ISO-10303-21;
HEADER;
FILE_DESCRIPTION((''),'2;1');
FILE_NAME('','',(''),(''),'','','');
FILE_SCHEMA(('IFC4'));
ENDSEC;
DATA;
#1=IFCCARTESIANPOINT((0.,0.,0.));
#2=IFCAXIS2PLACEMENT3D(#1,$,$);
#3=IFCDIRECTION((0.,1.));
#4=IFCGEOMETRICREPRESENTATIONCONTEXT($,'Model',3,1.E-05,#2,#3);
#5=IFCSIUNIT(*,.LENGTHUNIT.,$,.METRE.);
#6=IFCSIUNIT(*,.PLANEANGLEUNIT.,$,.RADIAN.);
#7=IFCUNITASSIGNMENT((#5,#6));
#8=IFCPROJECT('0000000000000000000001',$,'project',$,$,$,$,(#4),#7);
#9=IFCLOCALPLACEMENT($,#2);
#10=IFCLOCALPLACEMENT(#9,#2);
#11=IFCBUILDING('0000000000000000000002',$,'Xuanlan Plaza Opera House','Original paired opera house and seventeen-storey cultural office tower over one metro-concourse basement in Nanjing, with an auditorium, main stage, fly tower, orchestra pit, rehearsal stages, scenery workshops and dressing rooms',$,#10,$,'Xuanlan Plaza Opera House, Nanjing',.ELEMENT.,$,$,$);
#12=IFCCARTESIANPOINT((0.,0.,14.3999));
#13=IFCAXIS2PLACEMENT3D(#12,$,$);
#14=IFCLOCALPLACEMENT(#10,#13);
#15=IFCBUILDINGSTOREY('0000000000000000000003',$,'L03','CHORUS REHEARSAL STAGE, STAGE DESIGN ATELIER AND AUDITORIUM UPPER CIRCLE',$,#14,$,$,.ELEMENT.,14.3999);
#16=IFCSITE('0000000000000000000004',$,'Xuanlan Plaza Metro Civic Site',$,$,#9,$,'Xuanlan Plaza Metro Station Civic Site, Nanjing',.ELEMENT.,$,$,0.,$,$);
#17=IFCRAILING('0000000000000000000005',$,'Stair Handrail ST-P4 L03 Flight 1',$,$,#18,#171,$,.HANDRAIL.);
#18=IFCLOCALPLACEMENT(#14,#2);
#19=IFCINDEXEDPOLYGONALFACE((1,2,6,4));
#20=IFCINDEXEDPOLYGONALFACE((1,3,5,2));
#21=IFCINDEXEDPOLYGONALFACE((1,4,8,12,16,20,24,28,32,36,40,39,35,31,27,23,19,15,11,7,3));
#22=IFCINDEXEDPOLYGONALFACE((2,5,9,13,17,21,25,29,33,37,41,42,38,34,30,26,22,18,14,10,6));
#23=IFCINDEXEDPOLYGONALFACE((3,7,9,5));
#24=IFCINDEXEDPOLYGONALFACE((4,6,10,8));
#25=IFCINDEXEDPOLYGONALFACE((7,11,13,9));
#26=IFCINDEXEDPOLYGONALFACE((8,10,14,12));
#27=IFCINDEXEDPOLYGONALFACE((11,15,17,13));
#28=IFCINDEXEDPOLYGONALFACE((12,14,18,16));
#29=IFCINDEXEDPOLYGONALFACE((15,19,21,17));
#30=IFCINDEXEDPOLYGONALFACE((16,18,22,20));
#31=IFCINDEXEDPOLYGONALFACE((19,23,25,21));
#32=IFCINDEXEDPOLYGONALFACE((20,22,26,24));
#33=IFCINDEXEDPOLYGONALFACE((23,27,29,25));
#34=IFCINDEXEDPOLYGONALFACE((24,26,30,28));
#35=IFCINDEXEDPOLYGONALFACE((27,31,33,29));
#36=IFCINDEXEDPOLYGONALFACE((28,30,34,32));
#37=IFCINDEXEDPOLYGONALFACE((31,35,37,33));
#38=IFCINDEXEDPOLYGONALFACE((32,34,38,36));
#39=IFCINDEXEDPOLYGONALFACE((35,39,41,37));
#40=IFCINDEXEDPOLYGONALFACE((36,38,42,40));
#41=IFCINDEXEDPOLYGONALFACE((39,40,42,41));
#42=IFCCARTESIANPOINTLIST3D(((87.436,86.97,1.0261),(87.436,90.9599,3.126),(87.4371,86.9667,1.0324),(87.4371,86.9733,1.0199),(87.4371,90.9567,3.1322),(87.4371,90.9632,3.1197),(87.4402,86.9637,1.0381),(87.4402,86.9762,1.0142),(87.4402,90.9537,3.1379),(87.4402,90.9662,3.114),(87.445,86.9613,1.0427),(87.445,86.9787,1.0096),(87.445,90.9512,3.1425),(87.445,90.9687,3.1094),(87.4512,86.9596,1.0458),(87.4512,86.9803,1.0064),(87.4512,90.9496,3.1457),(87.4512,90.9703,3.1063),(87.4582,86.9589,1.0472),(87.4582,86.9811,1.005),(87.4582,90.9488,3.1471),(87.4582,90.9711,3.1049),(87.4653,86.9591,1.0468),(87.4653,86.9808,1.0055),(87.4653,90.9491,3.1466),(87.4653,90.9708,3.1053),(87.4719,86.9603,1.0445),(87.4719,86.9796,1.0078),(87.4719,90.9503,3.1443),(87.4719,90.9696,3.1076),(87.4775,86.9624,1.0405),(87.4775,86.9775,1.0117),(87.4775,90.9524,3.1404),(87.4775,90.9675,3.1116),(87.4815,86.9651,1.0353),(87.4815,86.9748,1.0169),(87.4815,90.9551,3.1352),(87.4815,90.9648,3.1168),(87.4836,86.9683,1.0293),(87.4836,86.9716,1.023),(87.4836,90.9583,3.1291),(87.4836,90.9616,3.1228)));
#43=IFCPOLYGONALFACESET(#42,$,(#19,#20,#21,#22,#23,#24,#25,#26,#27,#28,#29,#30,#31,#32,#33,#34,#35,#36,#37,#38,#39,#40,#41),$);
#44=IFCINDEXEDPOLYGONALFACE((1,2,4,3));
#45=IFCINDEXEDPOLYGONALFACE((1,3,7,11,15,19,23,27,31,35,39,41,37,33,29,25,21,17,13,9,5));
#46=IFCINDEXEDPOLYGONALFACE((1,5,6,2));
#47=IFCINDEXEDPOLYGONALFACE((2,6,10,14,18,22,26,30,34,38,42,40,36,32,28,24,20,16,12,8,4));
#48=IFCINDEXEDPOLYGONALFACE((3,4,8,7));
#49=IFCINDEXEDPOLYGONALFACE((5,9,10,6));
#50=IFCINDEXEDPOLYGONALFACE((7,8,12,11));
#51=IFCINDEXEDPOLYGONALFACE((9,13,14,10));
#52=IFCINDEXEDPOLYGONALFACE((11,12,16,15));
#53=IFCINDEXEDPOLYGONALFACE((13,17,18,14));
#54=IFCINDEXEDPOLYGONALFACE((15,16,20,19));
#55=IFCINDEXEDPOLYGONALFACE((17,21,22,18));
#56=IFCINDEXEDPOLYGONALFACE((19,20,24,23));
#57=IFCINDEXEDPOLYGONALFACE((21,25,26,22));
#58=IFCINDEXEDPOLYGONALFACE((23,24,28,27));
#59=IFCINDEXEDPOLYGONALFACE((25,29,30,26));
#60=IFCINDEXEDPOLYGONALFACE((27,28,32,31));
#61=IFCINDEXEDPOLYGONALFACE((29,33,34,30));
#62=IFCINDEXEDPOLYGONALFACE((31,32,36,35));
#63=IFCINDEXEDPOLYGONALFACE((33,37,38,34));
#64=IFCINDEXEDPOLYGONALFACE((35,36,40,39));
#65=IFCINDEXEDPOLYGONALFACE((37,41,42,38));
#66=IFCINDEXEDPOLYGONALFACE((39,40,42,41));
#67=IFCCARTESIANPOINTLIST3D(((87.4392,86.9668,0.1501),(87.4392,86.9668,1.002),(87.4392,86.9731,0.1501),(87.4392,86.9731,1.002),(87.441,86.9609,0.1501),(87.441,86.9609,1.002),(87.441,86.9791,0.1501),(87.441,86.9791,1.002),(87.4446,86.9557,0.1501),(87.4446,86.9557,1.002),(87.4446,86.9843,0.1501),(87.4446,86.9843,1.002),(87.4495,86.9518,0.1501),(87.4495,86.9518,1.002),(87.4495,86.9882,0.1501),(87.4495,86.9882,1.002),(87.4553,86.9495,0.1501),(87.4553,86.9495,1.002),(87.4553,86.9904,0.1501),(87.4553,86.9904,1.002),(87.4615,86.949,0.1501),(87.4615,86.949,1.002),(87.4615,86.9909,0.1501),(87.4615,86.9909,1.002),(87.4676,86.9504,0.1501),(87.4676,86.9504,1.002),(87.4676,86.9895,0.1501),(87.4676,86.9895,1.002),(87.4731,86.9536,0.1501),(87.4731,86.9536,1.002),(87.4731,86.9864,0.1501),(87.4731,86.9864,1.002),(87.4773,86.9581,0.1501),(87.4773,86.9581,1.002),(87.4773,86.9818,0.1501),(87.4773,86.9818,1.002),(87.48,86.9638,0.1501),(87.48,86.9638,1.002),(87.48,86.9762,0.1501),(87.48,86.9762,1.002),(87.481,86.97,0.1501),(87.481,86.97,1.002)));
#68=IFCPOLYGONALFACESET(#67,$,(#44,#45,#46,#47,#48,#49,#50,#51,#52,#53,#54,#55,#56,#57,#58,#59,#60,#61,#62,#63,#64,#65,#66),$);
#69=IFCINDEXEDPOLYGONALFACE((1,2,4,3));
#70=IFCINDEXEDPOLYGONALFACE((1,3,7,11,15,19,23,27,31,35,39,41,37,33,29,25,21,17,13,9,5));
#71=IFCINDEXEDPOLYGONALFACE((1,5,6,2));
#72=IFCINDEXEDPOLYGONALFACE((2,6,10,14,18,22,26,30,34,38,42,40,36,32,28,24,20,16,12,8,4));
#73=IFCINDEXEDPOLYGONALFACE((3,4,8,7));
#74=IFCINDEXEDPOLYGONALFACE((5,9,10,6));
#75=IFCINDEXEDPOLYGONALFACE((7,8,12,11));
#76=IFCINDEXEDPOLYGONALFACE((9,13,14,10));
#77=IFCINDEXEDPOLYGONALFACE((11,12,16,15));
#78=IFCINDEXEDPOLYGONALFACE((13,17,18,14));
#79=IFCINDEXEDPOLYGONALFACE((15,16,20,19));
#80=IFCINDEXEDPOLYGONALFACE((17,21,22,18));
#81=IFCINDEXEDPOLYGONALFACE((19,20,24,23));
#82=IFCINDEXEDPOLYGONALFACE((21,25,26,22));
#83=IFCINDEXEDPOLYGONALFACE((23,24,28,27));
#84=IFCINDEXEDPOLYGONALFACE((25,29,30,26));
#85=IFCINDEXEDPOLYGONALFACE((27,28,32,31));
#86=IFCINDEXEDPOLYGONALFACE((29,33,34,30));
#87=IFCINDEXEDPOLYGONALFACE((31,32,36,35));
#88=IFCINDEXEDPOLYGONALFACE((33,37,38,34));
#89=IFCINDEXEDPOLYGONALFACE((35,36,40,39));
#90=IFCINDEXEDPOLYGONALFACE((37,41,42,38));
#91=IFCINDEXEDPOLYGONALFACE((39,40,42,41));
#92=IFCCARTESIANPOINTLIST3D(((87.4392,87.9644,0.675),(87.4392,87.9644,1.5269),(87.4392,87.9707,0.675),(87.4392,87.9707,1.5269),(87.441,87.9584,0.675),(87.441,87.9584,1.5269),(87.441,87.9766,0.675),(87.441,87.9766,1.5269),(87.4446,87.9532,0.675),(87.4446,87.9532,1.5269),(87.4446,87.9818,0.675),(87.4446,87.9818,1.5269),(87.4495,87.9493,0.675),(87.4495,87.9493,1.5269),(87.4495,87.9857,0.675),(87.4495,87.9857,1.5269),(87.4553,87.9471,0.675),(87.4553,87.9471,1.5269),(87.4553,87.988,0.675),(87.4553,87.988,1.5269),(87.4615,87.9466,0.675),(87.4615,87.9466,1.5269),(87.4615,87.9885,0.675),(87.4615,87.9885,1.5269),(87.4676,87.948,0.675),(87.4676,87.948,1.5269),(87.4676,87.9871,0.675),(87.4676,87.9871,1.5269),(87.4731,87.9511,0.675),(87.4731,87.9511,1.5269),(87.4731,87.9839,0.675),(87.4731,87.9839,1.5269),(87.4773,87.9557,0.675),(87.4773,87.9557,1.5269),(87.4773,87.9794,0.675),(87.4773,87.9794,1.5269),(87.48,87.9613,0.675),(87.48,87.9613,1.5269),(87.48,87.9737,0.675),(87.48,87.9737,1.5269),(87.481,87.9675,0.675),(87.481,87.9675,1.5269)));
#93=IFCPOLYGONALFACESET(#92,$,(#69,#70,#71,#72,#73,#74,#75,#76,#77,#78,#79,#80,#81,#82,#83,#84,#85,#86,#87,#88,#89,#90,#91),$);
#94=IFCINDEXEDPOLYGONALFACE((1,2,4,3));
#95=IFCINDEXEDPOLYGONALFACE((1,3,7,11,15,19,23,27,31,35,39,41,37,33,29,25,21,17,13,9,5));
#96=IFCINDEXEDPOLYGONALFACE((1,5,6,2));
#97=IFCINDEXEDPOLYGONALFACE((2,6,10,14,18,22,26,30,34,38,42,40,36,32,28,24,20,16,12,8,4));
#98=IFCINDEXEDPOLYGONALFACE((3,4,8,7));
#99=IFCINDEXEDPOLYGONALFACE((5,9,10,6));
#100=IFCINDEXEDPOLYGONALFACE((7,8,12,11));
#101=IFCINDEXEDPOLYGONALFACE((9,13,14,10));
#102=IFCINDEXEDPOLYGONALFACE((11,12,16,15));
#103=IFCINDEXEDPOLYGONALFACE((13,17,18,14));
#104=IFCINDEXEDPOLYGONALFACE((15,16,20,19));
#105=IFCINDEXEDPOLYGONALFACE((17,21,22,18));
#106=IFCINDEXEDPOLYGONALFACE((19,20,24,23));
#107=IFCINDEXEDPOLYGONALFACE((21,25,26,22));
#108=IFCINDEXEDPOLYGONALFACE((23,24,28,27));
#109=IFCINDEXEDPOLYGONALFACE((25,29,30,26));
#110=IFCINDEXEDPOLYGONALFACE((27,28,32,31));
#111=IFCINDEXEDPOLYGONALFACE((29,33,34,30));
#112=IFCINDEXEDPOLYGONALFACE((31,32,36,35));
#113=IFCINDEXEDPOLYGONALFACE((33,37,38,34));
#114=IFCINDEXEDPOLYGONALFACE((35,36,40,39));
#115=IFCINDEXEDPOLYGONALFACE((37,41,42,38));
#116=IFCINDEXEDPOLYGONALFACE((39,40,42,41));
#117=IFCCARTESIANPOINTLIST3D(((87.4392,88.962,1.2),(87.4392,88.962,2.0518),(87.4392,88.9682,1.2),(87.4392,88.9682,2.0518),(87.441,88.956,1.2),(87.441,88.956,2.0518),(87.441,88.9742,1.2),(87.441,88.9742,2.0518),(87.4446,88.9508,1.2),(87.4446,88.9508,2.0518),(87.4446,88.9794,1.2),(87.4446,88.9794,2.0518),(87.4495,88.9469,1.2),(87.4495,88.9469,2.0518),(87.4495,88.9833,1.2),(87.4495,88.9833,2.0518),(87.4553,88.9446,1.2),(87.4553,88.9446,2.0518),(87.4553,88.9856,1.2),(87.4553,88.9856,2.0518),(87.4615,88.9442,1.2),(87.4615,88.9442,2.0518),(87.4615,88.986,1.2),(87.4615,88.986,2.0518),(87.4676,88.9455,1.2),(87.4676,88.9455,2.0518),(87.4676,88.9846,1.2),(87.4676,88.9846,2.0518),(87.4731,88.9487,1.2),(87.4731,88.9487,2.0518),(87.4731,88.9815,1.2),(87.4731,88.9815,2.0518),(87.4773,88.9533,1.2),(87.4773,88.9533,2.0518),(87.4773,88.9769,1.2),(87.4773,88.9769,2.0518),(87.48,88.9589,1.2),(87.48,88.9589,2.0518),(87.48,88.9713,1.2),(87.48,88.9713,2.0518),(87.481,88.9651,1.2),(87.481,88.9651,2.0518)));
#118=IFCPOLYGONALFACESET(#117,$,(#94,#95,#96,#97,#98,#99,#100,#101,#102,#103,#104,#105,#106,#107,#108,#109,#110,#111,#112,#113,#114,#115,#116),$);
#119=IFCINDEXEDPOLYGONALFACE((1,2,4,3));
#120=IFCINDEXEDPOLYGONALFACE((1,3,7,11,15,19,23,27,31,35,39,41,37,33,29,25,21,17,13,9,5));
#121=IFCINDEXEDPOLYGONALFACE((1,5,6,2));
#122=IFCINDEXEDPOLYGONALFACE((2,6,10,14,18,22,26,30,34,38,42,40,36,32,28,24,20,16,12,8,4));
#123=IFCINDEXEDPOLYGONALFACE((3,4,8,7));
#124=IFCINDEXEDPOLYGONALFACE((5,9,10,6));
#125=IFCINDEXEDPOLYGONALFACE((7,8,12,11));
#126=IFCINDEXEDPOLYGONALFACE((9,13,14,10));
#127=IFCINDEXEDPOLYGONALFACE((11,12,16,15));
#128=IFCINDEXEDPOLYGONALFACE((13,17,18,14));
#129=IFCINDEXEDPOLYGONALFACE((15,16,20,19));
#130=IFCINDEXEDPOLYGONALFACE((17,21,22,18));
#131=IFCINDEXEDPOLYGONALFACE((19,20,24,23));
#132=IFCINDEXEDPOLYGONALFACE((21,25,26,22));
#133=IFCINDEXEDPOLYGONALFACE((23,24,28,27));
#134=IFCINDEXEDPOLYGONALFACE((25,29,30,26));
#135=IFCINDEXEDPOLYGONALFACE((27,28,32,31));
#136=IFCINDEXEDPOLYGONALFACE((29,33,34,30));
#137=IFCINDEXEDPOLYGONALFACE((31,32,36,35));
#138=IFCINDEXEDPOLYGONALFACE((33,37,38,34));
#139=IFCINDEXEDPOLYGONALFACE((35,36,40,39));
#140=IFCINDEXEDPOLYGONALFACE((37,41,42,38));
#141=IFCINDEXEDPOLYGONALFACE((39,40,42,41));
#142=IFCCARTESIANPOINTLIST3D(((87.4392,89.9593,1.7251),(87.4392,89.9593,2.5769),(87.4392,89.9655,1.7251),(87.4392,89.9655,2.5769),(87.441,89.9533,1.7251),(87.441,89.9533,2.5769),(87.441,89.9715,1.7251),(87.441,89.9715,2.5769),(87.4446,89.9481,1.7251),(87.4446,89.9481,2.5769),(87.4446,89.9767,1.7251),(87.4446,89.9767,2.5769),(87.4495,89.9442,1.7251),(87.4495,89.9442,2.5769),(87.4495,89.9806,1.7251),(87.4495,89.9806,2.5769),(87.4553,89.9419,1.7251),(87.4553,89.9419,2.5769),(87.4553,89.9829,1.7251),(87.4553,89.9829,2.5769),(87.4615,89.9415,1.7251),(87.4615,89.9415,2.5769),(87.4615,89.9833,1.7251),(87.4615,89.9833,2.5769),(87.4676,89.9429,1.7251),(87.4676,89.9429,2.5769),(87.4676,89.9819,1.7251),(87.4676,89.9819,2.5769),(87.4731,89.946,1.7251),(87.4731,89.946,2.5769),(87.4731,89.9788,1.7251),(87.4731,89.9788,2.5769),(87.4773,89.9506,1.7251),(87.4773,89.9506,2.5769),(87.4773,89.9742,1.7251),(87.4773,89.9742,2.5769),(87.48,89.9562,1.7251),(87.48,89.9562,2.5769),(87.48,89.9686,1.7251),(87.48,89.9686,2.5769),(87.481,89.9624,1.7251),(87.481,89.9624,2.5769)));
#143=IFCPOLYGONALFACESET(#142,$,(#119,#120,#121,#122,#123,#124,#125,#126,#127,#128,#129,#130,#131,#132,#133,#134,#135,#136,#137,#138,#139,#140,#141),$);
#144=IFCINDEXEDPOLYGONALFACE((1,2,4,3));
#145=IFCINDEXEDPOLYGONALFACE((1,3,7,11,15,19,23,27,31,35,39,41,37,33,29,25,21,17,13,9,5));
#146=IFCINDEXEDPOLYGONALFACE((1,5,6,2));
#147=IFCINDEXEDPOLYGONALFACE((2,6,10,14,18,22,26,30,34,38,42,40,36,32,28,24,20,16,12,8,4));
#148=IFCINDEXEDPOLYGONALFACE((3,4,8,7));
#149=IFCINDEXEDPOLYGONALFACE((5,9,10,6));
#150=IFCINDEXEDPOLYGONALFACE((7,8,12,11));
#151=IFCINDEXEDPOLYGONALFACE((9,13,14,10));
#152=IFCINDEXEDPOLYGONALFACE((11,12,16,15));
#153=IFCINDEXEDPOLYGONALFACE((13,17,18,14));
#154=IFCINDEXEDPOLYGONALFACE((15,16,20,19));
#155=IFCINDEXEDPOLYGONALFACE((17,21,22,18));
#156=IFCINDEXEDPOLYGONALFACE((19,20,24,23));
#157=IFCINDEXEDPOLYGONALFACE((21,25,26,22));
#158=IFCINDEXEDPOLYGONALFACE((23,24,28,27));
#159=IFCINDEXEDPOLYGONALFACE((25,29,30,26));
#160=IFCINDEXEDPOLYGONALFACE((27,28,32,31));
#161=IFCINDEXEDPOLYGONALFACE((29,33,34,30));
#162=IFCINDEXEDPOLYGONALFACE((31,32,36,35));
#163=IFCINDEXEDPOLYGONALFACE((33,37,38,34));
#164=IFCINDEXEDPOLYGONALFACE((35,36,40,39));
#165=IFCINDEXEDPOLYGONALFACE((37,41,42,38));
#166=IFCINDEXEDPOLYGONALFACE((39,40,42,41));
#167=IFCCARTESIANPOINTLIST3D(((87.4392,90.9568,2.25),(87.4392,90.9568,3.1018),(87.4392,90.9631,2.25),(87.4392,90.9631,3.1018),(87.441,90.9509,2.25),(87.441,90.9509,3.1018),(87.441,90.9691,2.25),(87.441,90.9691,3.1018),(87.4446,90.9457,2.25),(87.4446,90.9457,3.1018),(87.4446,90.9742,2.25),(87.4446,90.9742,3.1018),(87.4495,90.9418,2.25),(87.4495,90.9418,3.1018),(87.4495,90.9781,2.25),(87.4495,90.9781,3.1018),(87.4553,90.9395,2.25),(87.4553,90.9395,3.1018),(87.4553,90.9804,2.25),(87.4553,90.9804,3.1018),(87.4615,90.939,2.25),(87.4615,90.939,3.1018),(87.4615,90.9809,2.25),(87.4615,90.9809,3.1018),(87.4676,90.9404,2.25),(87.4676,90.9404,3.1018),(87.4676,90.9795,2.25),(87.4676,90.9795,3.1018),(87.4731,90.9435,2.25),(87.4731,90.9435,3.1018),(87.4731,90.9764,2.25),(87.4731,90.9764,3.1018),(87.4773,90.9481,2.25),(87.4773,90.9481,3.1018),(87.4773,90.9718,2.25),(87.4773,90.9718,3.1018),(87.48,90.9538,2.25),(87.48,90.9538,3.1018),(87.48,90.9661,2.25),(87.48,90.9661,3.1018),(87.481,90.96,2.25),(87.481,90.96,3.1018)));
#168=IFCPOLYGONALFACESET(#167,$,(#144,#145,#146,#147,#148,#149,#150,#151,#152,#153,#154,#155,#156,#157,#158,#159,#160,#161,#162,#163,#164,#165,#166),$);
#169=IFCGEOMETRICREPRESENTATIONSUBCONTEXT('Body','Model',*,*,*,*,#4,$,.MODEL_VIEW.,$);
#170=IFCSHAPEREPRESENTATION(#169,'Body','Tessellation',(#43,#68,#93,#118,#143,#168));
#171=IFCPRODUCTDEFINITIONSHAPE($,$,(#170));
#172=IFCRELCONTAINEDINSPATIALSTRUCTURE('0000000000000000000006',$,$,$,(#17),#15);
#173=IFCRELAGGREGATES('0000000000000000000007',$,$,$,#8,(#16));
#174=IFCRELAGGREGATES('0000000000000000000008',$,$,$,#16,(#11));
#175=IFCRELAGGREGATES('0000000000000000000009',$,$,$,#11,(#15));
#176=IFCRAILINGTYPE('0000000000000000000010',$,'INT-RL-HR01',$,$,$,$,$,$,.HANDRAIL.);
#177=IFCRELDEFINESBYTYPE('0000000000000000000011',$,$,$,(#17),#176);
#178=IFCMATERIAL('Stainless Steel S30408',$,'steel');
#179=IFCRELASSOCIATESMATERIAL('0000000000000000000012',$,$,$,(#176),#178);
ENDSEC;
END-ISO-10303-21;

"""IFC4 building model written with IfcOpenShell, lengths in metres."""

from ifc_helpers import new_model, si_unit, direction, frame, origin, origin_2d, place, context, subcontext, project, spatial, circle, extrude, material, type_object, element, save


model = new_model("IFC4")

# Units and contexts
model_context = context("Model", 3, precision=1e-05, world=origin(), true_north=direction((0.0, 1.0)))
body_context = subcontext(model_context, "Body", "Model", "MODEL_VIEW")
ifc_project = project(units=[si_unit("LENGTHUNIT", "METRE"), si_unit("PLANEANGLEUNIT", "RADIAN")], contexts=[model_context])

# Site, building, storey
site_placement = place(None, origin())
site = spatial("IfcSite", under=ifc_project, at=site_placement, Name="Xuanlan Plaza Metro Civic Site", LongName="Xuanlan Plaza Metro Station Civic Site, Nanjing", CompositionType="ELEMENT", RefElevation=0.0)
building_placement = place(site_placement, origin())
building = spatial("IfcBuilding", under=site, at=building_placement, Name="Xuanlan Plaza Opera House", Description="Original paired opera house and seventeen-storey cultural office tower over one metro-concourse basement in Nanjing, with an auditorium, main stage, fly tower, orchestra pit, rehearsal stages, scenery workshops and dressing rooms", LongName="Xuanlan Plaza Opera House, Nanjing", CompositionType="ELEMENT")
storey_placement = place(building_placement, frame((0.0, 0.0, 14.3999)))
storey = spatial("IfcBuildingStorey", under=building, at=storey_placement, Name="L03", Description="CHORUS REHEARSAL STAGE, STAGE DESIGN ATELIER AND AUDITORIUM UPPER CIRCLE", CompositionType="ELEMENT", Elevation=14.3999)

# Railing
ifc_material_1 = material(Name="Stainless Steel S30408", Category="steel")
railing_type = type_object("IfcRailingType", Name="INT-RL-HR01", PredefinedType="HANDRAIL", material=ifc_material_1)
railing_placement = place(storey_placement, frame((87.46, 86.97, 0.1501)))
element("IfcRailing", 1, at=railing_placement, inside=storey, type_object=railing_type, Name="Stair Handrail ST-P4 L03 Flight 1", PredefinedType="HANDRAIL", context=body_context, shape_type="SweptSolid", body=[
    extrude(circle(Radius=0.0239, at=origin_2d()), frame((0.0, 0.0, 0.876), z_axis=(0.0, 0.884931, 0.465722), x_axis=(-1.0, 0.0, 0.0)), (0.0, 0.0, 1.0), 4.5088),
    extrude(circle(Radius=0.021, at=origin_2d()), origin(), (0.0, 0.0, 1.0), 0.8518),
    extrude(circle(Radius=0.021, at=origin_2d()), frame((0.0, 0.9976, 0.5249)), (0.0, 0.0, 1.0), 0.8518),
    extrude(circle(Radius=0.021, at=origin_2d()), frame((0.0, 1.9951, 1.0498)), (0.0, 0.0, 1.0), 0.8518),
    extrude(circle(Radius=0.021, at=origin_2d()), frame((0.0, 2.9924, 1.575)), (0.0, 0.0, 1.0), 0.8518),
    extrude(circle(Radius=0.021, at=origin_2d()), frame((0.0, 3.99, 2.0999)), (0.0, 0.0, 1.0), 0.8518),
])

save(model, "model.ifc")
